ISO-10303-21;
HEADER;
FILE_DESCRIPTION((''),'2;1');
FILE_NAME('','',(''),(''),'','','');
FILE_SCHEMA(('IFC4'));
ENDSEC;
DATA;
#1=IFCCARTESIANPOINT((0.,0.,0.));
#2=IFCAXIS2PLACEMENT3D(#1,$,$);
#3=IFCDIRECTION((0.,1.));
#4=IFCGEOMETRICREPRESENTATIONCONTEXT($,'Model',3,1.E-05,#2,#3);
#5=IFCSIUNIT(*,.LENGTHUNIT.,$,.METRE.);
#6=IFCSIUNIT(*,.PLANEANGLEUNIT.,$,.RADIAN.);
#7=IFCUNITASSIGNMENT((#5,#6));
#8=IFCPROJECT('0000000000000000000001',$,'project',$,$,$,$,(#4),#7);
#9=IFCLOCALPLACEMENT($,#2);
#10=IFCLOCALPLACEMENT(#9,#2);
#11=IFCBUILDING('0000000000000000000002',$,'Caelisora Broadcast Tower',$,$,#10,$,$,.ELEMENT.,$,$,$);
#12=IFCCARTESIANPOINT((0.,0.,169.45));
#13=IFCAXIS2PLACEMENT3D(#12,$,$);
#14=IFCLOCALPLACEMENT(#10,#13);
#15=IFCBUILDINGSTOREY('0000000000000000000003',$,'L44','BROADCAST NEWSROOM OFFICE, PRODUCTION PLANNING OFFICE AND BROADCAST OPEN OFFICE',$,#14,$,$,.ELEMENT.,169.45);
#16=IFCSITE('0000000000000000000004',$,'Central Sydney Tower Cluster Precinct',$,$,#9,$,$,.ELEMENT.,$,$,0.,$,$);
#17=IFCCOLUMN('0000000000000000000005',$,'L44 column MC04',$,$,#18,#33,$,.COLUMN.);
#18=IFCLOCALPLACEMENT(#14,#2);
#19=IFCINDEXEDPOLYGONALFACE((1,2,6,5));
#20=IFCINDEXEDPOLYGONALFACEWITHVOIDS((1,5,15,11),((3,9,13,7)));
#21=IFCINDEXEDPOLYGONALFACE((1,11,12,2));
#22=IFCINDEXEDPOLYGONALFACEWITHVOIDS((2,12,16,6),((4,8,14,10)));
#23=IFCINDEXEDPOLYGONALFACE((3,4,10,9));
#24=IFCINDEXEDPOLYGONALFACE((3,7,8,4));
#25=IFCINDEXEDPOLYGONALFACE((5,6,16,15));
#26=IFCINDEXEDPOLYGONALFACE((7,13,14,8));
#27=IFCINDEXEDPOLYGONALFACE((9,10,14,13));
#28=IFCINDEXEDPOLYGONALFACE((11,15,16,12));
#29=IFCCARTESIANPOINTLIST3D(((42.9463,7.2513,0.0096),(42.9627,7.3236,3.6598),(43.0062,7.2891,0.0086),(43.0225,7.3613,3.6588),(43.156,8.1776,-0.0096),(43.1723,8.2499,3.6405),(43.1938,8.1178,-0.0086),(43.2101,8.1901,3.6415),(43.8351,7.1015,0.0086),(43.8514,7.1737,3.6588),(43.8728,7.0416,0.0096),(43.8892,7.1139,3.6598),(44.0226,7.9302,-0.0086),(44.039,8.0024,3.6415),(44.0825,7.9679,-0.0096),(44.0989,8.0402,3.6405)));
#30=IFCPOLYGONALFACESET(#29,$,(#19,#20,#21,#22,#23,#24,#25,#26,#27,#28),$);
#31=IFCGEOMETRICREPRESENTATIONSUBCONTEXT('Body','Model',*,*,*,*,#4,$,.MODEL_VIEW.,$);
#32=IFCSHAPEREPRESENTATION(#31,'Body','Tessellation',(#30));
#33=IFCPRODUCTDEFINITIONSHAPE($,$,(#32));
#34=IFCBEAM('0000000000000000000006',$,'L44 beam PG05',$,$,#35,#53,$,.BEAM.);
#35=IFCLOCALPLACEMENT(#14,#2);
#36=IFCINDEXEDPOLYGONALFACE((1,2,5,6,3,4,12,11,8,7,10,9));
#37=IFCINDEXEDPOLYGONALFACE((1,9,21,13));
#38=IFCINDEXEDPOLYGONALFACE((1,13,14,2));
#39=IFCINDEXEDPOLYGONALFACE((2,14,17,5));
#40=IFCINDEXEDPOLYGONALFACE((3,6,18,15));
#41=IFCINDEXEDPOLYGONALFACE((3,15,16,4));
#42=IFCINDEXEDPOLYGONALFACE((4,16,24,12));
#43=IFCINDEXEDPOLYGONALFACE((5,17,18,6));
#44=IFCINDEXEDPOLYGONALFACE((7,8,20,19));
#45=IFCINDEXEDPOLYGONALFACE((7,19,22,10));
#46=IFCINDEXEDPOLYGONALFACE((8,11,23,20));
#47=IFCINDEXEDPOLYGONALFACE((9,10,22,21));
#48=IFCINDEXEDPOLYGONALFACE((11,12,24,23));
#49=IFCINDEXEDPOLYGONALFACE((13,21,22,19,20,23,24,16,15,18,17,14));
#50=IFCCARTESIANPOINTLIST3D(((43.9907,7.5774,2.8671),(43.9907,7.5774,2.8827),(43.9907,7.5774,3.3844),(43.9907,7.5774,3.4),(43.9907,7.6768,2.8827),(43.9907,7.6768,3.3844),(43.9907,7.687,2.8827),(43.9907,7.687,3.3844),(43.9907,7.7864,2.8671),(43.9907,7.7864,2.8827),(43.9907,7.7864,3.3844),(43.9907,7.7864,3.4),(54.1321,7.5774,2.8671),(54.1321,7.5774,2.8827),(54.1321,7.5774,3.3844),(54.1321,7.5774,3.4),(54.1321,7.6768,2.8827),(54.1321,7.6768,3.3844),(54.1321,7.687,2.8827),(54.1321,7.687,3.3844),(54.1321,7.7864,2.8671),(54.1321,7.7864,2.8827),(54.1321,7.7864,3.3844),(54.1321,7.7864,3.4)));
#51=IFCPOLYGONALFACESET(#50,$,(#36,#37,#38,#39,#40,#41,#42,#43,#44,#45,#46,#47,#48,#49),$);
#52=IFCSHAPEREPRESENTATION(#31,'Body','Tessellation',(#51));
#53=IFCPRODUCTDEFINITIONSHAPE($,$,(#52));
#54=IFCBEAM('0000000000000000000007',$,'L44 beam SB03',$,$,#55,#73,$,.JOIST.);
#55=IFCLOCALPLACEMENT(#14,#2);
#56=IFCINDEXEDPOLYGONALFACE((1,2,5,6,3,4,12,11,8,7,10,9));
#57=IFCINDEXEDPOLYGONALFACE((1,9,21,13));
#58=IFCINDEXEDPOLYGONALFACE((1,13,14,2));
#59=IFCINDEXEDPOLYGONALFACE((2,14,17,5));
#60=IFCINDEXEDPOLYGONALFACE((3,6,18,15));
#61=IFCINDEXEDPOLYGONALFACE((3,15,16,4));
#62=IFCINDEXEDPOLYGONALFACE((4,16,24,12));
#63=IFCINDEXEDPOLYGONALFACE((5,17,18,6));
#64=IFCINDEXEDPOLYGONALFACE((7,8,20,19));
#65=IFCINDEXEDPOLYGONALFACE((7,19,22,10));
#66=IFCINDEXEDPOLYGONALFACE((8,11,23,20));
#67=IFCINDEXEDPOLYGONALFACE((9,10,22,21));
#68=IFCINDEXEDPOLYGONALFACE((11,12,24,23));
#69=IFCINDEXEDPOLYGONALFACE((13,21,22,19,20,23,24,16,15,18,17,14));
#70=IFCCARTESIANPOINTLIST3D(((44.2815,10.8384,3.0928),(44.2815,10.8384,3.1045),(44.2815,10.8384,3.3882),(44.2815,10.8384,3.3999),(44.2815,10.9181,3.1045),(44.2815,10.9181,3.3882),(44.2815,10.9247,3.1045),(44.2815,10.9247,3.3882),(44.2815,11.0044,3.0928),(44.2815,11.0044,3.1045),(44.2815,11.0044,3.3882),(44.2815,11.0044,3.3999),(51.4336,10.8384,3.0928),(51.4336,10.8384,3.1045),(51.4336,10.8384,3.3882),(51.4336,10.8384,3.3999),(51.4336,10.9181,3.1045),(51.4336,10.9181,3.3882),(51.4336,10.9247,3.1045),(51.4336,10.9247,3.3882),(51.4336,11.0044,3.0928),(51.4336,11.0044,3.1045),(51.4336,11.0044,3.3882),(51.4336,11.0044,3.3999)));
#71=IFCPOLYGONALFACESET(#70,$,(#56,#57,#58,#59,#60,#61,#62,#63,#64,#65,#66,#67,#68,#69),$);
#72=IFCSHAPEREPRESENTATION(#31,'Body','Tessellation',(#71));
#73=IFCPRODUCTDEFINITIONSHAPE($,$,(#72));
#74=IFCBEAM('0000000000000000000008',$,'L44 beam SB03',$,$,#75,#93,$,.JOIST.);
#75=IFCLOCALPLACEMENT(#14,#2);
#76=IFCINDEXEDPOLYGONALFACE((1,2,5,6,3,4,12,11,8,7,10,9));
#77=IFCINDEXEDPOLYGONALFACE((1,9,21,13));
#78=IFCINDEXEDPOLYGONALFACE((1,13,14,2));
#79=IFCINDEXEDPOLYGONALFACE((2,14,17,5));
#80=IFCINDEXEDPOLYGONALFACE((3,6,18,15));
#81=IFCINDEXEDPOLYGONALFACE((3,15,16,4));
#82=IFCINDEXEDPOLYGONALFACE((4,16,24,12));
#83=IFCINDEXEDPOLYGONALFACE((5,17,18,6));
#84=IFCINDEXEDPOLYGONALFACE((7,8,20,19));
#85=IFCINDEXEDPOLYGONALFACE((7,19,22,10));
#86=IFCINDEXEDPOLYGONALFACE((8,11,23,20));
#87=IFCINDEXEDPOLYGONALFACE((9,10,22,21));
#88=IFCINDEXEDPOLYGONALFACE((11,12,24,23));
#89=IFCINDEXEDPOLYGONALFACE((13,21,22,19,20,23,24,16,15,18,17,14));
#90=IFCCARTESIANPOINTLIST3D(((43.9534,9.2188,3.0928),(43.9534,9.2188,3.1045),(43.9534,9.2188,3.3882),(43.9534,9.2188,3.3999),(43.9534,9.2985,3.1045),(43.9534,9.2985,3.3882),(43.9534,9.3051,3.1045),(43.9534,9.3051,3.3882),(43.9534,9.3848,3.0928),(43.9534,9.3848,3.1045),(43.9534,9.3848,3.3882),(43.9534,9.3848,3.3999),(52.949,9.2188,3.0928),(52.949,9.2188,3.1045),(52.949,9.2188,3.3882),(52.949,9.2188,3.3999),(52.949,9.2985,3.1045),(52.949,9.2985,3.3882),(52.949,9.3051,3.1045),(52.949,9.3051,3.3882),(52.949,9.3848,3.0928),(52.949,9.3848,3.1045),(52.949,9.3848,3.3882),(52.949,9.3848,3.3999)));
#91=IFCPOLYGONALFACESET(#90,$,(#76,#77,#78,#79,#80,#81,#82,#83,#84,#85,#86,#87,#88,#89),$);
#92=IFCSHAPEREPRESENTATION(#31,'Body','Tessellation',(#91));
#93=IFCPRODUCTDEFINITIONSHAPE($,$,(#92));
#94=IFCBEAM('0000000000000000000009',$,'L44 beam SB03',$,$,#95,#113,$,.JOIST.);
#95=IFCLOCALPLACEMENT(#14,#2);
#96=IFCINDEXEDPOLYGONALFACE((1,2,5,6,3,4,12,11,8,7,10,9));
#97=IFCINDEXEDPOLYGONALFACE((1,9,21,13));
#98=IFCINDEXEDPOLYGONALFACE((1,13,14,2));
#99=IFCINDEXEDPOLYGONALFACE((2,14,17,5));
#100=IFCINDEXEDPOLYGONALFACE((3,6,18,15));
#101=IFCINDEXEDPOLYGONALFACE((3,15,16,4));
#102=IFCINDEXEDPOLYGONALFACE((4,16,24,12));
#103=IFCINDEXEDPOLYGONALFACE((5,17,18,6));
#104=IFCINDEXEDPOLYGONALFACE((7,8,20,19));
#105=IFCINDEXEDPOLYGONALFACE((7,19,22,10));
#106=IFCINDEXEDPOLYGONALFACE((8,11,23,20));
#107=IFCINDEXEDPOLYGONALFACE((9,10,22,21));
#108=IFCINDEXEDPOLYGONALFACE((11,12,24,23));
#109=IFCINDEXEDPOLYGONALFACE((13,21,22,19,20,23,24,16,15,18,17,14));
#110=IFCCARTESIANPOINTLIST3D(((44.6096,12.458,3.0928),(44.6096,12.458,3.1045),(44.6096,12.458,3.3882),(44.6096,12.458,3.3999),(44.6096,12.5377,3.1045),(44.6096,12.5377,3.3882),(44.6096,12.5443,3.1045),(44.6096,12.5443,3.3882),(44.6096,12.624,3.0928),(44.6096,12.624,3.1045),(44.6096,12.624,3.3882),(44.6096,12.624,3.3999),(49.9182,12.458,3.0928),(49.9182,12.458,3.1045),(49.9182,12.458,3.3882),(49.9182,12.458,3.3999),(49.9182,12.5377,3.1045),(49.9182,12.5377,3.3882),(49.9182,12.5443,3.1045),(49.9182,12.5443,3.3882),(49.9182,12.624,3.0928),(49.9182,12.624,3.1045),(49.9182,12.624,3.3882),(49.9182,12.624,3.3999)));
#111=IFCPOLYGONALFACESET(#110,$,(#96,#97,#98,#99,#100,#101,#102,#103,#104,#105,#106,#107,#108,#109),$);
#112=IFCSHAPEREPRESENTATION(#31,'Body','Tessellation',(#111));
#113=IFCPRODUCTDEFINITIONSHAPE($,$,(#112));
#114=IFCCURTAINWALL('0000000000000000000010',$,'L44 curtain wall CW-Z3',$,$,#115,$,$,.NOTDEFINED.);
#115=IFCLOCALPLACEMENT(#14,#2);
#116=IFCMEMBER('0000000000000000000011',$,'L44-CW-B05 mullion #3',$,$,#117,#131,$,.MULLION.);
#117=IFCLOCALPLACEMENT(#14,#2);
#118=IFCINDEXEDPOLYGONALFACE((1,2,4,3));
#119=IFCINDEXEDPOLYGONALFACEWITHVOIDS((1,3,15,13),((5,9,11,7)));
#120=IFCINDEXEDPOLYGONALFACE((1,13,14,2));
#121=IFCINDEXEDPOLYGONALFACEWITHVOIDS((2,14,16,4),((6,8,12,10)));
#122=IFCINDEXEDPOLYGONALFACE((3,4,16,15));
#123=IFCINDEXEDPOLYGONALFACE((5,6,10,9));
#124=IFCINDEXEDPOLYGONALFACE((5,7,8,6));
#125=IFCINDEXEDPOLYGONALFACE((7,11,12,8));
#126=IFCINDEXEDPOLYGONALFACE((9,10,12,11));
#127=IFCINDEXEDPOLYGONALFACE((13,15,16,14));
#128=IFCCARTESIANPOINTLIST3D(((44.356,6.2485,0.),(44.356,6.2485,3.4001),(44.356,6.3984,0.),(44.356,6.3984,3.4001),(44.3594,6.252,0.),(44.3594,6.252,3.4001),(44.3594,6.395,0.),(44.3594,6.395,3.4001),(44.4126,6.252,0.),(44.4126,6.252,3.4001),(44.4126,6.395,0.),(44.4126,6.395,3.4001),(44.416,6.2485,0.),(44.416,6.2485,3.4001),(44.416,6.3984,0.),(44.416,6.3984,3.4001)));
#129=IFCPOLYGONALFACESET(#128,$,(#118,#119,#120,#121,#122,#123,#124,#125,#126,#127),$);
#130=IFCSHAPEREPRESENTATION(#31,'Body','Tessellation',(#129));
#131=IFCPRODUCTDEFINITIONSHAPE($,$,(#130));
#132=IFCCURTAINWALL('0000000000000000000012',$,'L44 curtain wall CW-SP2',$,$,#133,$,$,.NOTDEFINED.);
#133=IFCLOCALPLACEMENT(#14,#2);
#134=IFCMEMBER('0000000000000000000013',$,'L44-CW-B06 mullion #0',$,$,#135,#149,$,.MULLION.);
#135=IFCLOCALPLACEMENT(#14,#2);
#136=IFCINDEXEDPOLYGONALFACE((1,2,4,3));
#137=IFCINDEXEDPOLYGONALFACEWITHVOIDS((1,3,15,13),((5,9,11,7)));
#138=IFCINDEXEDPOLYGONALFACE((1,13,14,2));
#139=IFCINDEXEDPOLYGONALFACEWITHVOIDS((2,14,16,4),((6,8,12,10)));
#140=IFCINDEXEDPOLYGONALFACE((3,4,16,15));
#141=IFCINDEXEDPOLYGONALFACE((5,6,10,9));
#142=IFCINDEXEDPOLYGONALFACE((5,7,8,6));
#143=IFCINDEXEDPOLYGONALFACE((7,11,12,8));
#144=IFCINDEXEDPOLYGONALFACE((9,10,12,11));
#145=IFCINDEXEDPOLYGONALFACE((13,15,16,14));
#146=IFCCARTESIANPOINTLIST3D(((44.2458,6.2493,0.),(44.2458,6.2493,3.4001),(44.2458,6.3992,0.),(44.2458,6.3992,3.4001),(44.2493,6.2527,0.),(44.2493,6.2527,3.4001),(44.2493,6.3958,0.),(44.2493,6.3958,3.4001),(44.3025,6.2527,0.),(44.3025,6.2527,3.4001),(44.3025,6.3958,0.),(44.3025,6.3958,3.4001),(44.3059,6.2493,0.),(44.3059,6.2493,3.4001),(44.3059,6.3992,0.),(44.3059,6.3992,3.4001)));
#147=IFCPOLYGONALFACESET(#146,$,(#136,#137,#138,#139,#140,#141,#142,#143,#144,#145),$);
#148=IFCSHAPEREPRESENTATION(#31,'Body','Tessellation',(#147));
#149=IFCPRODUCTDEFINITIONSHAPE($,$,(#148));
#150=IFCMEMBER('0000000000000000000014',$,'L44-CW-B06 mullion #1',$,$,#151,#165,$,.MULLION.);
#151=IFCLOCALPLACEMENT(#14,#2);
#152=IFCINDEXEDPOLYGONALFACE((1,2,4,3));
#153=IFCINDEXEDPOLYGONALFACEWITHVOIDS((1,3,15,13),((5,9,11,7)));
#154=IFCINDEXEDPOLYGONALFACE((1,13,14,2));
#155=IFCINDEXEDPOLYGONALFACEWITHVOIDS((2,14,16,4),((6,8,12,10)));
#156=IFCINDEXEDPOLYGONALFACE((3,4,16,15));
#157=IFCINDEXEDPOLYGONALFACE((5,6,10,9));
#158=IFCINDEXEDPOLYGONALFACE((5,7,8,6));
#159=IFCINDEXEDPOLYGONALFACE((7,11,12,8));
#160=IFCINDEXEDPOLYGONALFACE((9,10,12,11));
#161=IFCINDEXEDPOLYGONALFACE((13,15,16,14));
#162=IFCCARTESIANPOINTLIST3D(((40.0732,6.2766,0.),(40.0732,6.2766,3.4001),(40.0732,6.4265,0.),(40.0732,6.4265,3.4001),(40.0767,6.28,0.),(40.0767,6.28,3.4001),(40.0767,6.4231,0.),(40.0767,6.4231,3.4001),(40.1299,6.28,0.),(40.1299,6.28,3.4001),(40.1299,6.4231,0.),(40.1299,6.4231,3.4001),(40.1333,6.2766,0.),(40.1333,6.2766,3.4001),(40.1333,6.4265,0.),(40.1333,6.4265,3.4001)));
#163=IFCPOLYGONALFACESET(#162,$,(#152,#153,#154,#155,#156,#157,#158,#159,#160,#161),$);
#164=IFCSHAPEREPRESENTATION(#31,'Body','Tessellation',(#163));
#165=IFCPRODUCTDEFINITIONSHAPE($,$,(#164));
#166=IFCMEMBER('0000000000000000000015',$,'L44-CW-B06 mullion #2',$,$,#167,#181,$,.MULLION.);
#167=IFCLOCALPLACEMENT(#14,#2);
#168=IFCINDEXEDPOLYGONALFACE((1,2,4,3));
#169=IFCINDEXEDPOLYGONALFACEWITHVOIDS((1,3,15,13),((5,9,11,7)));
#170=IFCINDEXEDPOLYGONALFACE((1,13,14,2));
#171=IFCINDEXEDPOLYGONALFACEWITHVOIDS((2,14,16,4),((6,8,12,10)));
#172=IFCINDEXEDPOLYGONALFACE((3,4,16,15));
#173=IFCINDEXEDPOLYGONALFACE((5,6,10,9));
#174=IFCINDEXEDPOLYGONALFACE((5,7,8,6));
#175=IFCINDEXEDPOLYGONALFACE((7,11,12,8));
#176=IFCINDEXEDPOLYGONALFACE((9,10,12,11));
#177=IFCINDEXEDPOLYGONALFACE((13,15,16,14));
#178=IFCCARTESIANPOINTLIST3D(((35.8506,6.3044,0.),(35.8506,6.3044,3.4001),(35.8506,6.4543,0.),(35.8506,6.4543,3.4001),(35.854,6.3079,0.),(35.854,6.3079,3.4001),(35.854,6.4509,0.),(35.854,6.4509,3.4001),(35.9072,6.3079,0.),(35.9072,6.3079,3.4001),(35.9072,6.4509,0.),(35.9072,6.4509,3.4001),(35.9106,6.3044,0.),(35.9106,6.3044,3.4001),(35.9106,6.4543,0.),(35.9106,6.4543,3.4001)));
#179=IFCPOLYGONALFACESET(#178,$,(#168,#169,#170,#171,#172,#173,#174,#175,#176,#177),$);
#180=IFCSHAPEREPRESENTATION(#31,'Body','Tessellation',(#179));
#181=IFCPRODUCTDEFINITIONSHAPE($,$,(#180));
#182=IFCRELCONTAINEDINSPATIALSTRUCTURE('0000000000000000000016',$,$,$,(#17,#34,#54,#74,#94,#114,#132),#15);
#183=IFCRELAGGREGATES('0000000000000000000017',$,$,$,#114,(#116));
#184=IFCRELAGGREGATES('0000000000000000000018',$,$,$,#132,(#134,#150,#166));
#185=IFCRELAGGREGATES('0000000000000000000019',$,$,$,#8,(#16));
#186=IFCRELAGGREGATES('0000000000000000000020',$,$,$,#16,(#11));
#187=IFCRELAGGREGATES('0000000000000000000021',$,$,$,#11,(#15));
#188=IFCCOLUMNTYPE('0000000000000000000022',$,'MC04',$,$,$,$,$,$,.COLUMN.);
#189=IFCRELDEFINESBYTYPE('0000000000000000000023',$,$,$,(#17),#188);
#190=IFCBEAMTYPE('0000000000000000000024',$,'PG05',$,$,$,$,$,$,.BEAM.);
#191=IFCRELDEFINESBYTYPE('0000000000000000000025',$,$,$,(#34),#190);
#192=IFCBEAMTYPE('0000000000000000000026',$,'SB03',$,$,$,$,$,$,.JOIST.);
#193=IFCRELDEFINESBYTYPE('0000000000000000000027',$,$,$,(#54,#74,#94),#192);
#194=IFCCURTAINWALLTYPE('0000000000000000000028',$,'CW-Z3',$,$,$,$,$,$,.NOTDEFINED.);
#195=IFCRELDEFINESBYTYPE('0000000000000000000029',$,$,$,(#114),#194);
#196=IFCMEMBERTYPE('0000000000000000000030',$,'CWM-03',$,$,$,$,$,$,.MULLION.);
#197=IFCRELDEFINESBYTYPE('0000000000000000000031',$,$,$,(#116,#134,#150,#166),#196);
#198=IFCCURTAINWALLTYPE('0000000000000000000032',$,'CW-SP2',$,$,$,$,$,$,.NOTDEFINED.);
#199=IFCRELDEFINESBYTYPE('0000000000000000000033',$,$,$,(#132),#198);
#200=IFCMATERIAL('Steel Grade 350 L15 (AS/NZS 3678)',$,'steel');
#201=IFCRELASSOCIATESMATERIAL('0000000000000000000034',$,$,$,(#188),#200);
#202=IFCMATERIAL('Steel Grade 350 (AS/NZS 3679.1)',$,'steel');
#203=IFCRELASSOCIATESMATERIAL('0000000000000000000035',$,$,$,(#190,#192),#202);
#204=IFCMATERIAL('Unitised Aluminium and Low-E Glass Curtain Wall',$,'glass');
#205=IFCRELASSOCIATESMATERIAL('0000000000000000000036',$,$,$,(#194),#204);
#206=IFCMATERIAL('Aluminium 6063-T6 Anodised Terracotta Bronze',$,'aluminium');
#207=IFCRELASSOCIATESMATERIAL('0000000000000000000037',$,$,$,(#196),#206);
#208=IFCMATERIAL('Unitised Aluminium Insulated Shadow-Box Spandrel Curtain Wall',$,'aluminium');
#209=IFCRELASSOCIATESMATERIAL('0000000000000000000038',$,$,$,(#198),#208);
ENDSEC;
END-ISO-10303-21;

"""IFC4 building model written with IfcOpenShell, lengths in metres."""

from ifc_helpers import new_model, si_unit, direction, frame, origin, origin_2d, place, context, subcontext, project, spatial, hollow_rectangle, i_section, extrude, source, transform, mapped, material, material_profile, profile_set, type_object, type_shapes, element, aggregate, save


model = new_model("IFC4")

# Units and contexts
model_context = context("Model", 3, precision=1e-05, world=origin(), true_north=direction((0.0, 1.0)))
body_context = subcontext(model_context, "Body", "Model", "MODEL_VIEW")
ifc_project = project(units=[si_unit("LENGTHUNIT", "METRE"), si_unit("PLANEANGLEUNIT", "RADIAN")], contexts=[model_context])

# Site, building, storey
site_placement = place(None, origin())
site = spatial("IfcSite", under=ifc_project, at=site_placement, Name="Central Sydney Tower Cluster Precinct", CompositionType="ELEMENT", RefElevation=0.0)
building_placement = place(site_placement, origin())
building = spatial("IfcBuilding", under=site, at=building_placement, Name="Caelisora Broadcast Tower", CompositionType="ELEMENT")
storey_placement = place(building_placement, frame((0.0, 0.0, 169.45)))
storey = spatial("IfcBuildingStorey", under=building, at=storey_placement, Name="L44", Description="BROADCAST NEWSROOM OFFICE, PRODUCTION PLANNING OFFICE AND BROADCAST OPEN OFFICE", CompositionType="ELEMENT", Elevation=169.45)

# Column
ifc_material_1 = material(Name="Steel Grade 350 L15 (AS/NZS 3678)", Category="steel")
ifc_material_profile_1 = material_profile(ifc_material_1, hollow_rectangle(XDim=0.95, YDim=0.95, WallThickness=0.05, at=origin_2d()), Name="Steel Grade 350 L15 (AS/NZS 3678)")
ifc_profile_set_1 = profile_set([ifc_material_profile_1], Name="Steel Grade 350 L15 (AS/NZS 3678)")
column_type = type_object("IfcColumnType", Name="MC04", PredefinedType="COLUMN", material=ifc_profile_set_1)
shared_shape_1 = source(origin(), body_context, "Body", "SweptSolid", [
    extrude(hollow_rectangle(XDim=0.95, YDim=0.95, WallThickness=0.05, at=origin_2d()), origin(), (0.0, 0.0, 1.0), 3.6509),
])
type_shapes(column_type, [shared_shape_1])
column_placement = place(storey_placement, frame((43.5144, 7.6096, 0.0), z_axis=(0.00448, 0.019794, 0.999794), x_axis=(-0.975327, 0.220767, 0.0)))
element("IfcColumn", 1, at=column_placement, inside=storey, type_object=column_type, Name="L44 column MC04", PredefinedType="COLUMN", context=body_context, shape_type="MappedRepresentation", body=[
    mapped(shared_shape_1, transform((0.0, 0.0, 0.0), scale=1.0)),
])

# Beams
ifc_material_2 = material(Name="Steel Grade 350 (AS/NZS 3679.1)", Category="steel")
ifc_material_profile_2 = material_profile(ifc_material_2, i_section(OverallWidth=0.209, OverallDepth=0.533, WebThickness=0.0103, FlangeThickness=0.0156, at=origin_2d()), Name="Steel Grade 350 (AS/NZS 3679.1)")
ifc_profile_set_2 = profile_set([ifc_material_profile_2], Name="Steel Grade 350 (AS/NZS 3679.1)")
beam_type_1 = type_object("IfcBeamType", Name="PG05", PredefinedType="BEAM", material=ifc_profile_set_2)
shared_shape_2 = source(origin(), body_context, "Body", "SweptSolid", [
    extrude(i_section(OverallWidth=0.209, OverallDepth=0.533, WebThickness=0.0103, FlangeThickness=0.0156, at=origin_2d()), origin(), (0.0, 0.0, 1.0), 10.1414),
])
type_shapes(beam_type_1, [shared_shape_2])
beam_1_placement = place(storey_placement, frame((43.9907, 7.6819, 3.1335), z_axis=(1.0, 0.0, 0.0), x_axis=(0.0, 1.0, 0.0)))
element("IfcBeam", 2, at=beam_1_placement, inside=storey, type_object=beam_type_1, Name="L44 beam PG05", PredefinedType="BEAM", context=body_context, shape_type="MappedRepresentation", body=[
    mapped(shared_shape_2, transform((0.0, 0.0, 0.0), scale=1.0)),
])
ifc_material_profile_3 = material_profile(ifc_material_2, i_section(OverallWidth=0.166, OverallDepth=0.3071, WebThickness=0.0066, FlangeThickness=0.0117, at=origin_2d()), Name="Steel Grade 350 (AS/NZS 3679.1)")
ifc_profile_set_3 = profile_set([ifc_material_profile_3], Name="Steel Grade 350 (AS/NZS 3679.1)")
beam_type_2 = type_object("IfcBeamType", Name="SB03", PredefinedType="JOIST", material=ifc_profile_set_3)
shared_shape_3 = source(origin(), body_context, "Body", "SweptSolid", [
    extrude(i_section(OverallWidth=0.166, OverallDepth=0.3071, WebThickness=0.0066, FlangeThickness=0.0117, at=origin_2d()), origin(), (0.0, 0.0, 1.0), 7.1521),
])
beam_2_placement = place(storey_placement, frame((44.2815, 10.9214, 3.2463), z_axis=(1.0, 0.0, 0.0), x_axis=(0.0, 1.0, 0.0)))
element("IfcBeam", 3, at=beam_2_placement, inside=storey, type_object=beam_type_2, Name="L44 beam SB03", PredefinedType="JOIST", context=body_context, shape_type="MappedRepresentation", body=[
    mapped(shared_shape_3, transform((0.0, 0.0, 0.0), scale=1.0)),
])
shared_shape_4 = source(origin(), body_context, "Body", "SweptSolid", [
    extrude(i_section(OverallWidth=0.166, OverallDepth=0.3071, WebThickness=0.0066, FlangeThickness=0.0117, at=origin_2d()), origin(), (0.0, 0.0, 1.0), 8.9956),
])
beam_3_placement = place(storey_placement, frame((43.9534, 9.3018, 3.2463), z_axis=(1.0, 0.0, 0.0), x_axis=(0.0, 1.0, 0.0)))
element("IfcBeam", 4, at=beam_3_placement, inside=storey, type_object=beam_type_2, Name="L44 beam SB03", PredefinedType="JOIST", context=body_context, shape_type="MappedRepresentation", body=[
    mapped(shared_shape_4, transform((0.0, 0.0, 0.0), scale=1.0)),
])
shared_shape_5 = source(origin(), body_context, "Body", "SweptSolid", [
    extrude(i_section(OverallWidth=0.166, OverallDepth=0.3071, WebThickness=0.0066, FlangeThickness=0.0117, at=origin_2d()), origin(), (0.0, 0.0, 1.0), 5.3086),
])
type_shapes(beam_type_2, [shared_shape_3, shared_shape_4, shared_shape_5])
beam_4_placement = place(storey_placement, frame((44.6096, 12.541, 3.2463), z_axis=(1.0, 0.0, 0.0), x_axis=(0.0, 1.0, 0.0)))
element("IfcBeam", 5, at=beam_4_placement, inside=storey, type_object=beam_type_2, Name="L44 beam SB03", PredefinedType="JOIST", context=body_context, shape_type="MappedRepresentation", body=[
    mapped(shared_shape_5, transform((0.0, 0.0, 0.0), scale=1.0)),
])

# Curtain wall, member
ifc_material_3 = material(Name="Unitised Aluminium and Low-E Glass Curtain Wall", Category="glass")
curtain_wall_type_1 = type_object("IfcCurtainWallType", Name="CW-Z3", PredefinedType="NOTDEFINED", material=ifc_material_3)
curtain_wall_1_placement = place(storey_placement, origin())
curtain_wall_1 = element("IfcCurtainWall", 6, at=curtain_wall_1_placement, inside=storey, type_object=curtain_wall_type_1, Name="L44 curtain wall CW-Z3", PredefinedType="NOTDEFINED")
ifc_material_4 = material(Name="Aluminium 6063-T6 Anodised Terracotta Bronze", Category="aluminium")
ifc_material_profile_4 = material_profile(ifc_material_4, hollow_rectangle(XDim=0.0601, YDim=0.1499, WallThickness=0.0034, at=origin_2d()), Name="Aluminium 6063-T6 Anodised Terracotta Bronze")
ifc_profile_set_4 = profile_set([ifc_material_profile_4], Name="Aluminium 6063-T6 Anodised Terracotta Bronze")
member_type_1 = type_object("IfcMemberType", Name="CWM-03", PredefinedType="MULLION", material=ifc_profile_set_4)
shared_shape_6 = source(origin(), body_context, "Body", "SweptSolid", [
    extrude(hollow_rectangle(XDim=0.0601, YDim=0.1499, WallThickness=0.0034, at=origin_2d()), origin(), (0.0, 0.0, 1.0), 3.4001),
])
type_shapes(member_type_1, [shared_shape_6])
member_1_placement = place(storey_placement, frame((44.386, 6.3235, 0.0), z_axis=(0.0, 0.0, 1.0), x_axis=(1.0, 0.0, 0.0)))
member_1 = element("IfcMember", 7, at=member_1_placement, type_object=member_type_1, Name="L44-CW-B05 mullion #3", PredefinedType="MULLION", context=body_context, shape_type="MappedRepresentation", body=[
    mapped(shared_shape_6, transform((0.0, 0.0, 0.0), scale=1.0)),
])
aggregate(curtain_wall_1, [member_1])

# Curtain wall, members
ifc_material_5 = material(Name="Unitised Aluminium Insulated Shadow-Box Spandrel Curtain Wall", Category="aluminium")
curtain_wall_type_2 = type_object("IfcCurtainWallType", Name="CW-SP2", PredefinedType="NOTDEFINED", material=ifc_material_5)
curtain_wall_2_placement = place(storey_placement, origin())
curtain_wall_2 = element("IfcCurtainWall", 8, at=curtain_wall_2_placement, inside=storey, type_object=curtain_wall_type_2, Name="L44 curtain wall CW-SP2", PredefinedType="NOTDEFINED")
member_2_placement = place(storey_placement, frame((44.2759, 6.3242, 0.0), z_axis=(0.0, 0.0, 1.0), x_axis=(1.0, 0.0, 0.0)))
member_2 = element("IfcMember", 9, at=member_2_placement, type_object=member_type_1, Name="L44-CW-B06 mullion #0", PredefinedType="MULLION", context=body_context, shape_type="MappedRepresentation", body=[
    mapped(shared_shape_6, transform((0.0, 0.0, 0.0), scale=1.0)),
])
member_3_placement = place(storey_placement, frame((40.1033, 6.3516, 0.0), z_axis=(0.0, 0.0, 1.0), x_axis=(1.0, 0.0, 0.0)))
member_3 = element("IfcMember", 10, at=member_3_placement, type_object=member_type_1, Name="L44-CW-B06 mullion #1", PredefinedType="MULLION", context=body_context, shape_type="MappedRepresentation", body=[
    mapped(shared_shape_6, transform((0.0, 0.0, 0.0), scale=1.0)),
])
member_4_placement = place(storey_placement, frame((35.8806, 6.3794, 0.0), z_axis=(0.0, 0.0, 1.0), x_axis=(1.0, 0.0, 0.0)))
member_4 = element("IfcMember", 11, at=member_4_placement, type_object=member_type_1, Name="L44-CW-B06 mullion #2", PredefinedType="MULLION", context=body_context, shape_type="MappedRepresentation", body=[
    mapped(shared_shape_6, transform((0.0, 0.0, 0.0), scale=1.0)),
])

aggregate(curtain_wall_2, [member_2, member_3, member_4])

save(model, "model.ifc")
